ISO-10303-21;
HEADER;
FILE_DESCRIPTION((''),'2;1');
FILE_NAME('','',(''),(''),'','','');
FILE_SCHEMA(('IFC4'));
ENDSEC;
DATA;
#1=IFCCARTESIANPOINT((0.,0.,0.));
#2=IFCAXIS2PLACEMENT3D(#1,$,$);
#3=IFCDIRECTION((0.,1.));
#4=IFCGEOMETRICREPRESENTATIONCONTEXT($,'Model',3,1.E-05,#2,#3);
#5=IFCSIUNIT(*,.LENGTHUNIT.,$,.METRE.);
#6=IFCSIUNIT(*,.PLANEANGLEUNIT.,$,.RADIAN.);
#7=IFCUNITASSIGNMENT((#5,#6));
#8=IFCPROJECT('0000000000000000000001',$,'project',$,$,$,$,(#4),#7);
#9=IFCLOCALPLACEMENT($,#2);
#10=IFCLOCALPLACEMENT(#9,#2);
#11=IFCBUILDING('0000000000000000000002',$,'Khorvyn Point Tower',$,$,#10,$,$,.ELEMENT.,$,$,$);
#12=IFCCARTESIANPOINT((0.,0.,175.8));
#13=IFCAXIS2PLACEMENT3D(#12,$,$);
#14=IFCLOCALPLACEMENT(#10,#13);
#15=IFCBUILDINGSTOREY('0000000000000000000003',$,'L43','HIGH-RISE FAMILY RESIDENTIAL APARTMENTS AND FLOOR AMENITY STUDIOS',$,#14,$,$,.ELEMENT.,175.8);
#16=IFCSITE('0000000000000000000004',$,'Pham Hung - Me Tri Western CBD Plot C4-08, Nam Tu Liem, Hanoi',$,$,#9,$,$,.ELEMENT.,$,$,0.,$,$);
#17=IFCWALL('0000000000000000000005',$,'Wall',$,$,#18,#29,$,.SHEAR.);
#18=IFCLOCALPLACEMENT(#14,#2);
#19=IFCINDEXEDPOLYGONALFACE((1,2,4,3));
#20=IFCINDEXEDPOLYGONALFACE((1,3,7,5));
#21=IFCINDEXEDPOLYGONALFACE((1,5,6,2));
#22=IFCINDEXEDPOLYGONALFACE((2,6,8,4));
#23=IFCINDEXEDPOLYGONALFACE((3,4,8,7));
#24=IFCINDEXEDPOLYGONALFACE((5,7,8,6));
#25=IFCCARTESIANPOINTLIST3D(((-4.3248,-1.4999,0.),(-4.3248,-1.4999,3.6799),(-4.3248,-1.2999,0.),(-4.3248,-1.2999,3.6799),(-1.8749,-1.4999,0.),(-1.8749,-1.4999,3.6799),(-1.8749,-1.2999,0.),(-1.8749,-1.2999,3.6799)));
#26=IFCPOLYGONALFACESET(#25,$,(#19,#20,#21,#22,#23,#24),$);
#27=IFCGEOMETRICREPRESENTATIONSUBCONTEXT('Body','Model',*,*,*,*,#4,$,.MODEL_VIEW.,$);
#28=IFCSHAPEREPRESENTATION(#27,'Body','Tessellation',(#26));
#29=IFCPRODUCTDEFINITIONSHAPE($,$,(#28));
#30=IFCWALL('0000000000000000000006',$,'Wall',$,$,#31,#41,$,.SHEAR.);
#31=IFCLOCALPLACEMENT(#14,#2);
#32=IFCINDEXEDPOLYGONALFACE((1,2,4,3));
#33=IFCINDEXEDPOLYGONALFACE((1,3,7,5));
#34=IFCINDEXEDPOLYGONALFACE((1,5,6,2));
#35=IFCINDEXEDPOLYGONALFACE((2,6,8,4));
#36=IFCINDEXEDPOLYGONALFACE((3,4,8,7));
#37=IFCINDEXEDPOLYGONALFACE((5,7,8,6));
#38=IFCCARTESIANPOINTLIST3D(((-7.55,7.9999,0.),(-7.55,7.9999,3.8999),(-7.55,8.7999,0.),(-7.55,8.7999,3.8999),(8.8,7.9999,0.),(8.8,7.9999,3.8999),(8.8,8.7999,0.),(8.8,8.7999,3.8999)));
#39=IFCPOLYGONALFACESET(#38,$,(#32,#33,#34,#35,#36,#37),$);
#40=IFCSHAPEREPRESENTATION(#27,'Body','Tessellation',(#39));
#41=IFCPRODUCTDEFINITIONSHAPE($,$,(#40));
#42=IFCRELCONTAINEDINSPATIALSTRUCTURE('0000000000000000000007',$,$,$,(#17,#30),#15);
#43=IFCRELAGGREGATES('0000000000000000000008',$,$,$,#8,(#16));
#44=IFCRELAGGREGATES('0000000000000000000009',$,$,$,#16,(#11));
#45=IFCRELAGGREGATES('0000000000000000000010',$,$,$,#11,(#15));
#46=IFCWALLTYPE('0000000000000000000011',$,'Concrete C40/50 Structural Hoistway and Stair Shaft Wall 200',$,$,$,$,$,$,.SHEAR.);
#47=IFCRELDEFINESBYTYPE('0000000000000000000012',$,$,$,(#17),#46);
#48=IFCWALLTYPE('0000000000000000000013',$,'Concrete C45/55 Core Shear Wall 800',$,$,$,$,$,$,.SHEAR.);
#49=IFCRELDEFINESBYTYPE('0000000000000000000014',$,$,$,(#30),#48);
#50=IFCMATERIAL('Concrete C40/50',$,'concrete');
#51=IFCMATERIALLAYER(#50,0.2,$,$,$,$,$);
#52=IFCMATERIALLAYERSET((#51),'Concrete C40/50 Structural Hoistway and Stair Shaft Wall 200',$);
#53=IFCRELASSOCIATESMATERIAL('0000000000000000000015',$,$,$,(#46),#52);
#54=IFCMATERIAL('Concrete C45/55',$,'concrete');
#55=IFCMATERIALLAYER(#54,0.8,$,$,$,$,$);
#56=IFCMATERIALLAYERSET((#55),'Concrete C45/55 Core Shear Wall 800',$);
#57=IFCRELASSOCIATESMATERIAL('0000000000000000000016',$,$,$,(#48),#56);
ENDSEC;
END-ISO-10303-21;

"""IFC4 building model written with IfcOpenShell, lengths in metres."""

from ifc_helpers import new_model, si_unit, direction, frame, frame_2d, origin, place, context, subcontext, project, spatial, rectangle, extrude, material, layer, layer_set, type_object, element, save


model = new_model("IFC4")

# Units and contexts
model_context = context("Model", 3, precision=1e-05, world=origin(), true_north=direction((0.0, 1.0)))
body_context = subcontext(model_context, "Body", "Model", "MODEL_VIEW")
ifc_project = project(units=[si_unit("LENGTHUNIT", "METRE"), si_unit("PLANEANGLEUNIT", "RADIAN")], contexts=[model_context])

# Site, building, storey
site_placement = place(None, origin())
site = spatial("IfcSite", under=ifc_project, at=site_placement, Name="Pham Hung - Me Tri Western CBD Plot C4-08, Nam Tu Liem, Hanoi", CompositionType="ELEMENT", RefElevation=0.0)
building_placement = place(site_placement, origin())
building = spatial("IfcBuilding", under=site, at=building_placement, Name="Khorvyn Point Tower", CompositionType="ELEMENT")
storey_placement = place(building_placement, frame((0.0, 0.0, 175.8)))
storey = spatial("IfcBuildingStorey", under=building, at=storey_placement, Name="L43", Description="HIGH-RISE FAMILY RESIDENTIAL APARTMENTS AND FLOOR AMENITY STUDIOS", CompositionType="ELEMENT", Elevation=175.8)

# Shared definitions
ifc_material_1 = material(Name="Concrete C40/50", Category="concrete")

# Shared definitions
ifc_material_2 = material(Name="Concrete C45/55", Category="concrete")

# Shared definitions
ifc_layer_1 = layer(ifc_material_1, 0.2)
ifc_layer_set_1 = layer_set([ifc_layer_1], Name="Concrete C40/50 Structural Hoistway and Stair Shaft Wall 200")
wall_type_1 = type_object("IfcWallType", Name="Concrete C40/50 Structural Hoistway and Stair Shaft Wall 200", PredefinedType="SHEAR", material=ifc_layer_set_1)

# Walls
wall_1_placement = place(storey_placement, frame((-4.325, -1.3999, 0.0), z_axis=(0.0, 0.0, 1.0), x_axis=(1.0, 0.0, 0.0)))
element("IfcWall", 1, at=wall_1_placement, inside=storey, type_object=wall_type_1, Name="Wall", PredefinedType="SHEAR", context=body_context, shape_type="SweptSolid", body=[
    extrude(rectangle(XDim=2.45, YDim=0.2, at=frame_2d((1.2251, 0.0))), origin(), (0.0, 0.0, 1.0), 3.6799),
])
ifc_layer_2 = layer(ifc_material_2, 0.8)
ifc_layer_set_2 = layer_set([ifc_layer_2], Name="Concrete C45/55 Core Shear Wall 800")
wall_type_2 = type_object("IfcWallType", Name="Concrete C45/55 Core Shear Wall 800", PredefinedType="SHEAR", material=ifc_layer_set_2)
wall_2_placement = place(storey_placement, frame((-7.55, 8.3999, 0.0), z_axis=(0.0, 0.0, 1.0), x_axis=(1.0, 0.0, 0.0)))
element("IfcWall", 2, at=wall_2_placement, inside=storey, type_object=wall_type_2, Name="Wall", PredefinedType="SHEAR", context=body_context, shape_type="SweptSolid", body=[
    extrude(rectangle(XDim=16.3501, YDim=0.8, at=frame_2d((8.175, 0.0))), origin(), (0.0, 0.0, 1.0), 3.8999),
])

save(model, "model.ifc")
